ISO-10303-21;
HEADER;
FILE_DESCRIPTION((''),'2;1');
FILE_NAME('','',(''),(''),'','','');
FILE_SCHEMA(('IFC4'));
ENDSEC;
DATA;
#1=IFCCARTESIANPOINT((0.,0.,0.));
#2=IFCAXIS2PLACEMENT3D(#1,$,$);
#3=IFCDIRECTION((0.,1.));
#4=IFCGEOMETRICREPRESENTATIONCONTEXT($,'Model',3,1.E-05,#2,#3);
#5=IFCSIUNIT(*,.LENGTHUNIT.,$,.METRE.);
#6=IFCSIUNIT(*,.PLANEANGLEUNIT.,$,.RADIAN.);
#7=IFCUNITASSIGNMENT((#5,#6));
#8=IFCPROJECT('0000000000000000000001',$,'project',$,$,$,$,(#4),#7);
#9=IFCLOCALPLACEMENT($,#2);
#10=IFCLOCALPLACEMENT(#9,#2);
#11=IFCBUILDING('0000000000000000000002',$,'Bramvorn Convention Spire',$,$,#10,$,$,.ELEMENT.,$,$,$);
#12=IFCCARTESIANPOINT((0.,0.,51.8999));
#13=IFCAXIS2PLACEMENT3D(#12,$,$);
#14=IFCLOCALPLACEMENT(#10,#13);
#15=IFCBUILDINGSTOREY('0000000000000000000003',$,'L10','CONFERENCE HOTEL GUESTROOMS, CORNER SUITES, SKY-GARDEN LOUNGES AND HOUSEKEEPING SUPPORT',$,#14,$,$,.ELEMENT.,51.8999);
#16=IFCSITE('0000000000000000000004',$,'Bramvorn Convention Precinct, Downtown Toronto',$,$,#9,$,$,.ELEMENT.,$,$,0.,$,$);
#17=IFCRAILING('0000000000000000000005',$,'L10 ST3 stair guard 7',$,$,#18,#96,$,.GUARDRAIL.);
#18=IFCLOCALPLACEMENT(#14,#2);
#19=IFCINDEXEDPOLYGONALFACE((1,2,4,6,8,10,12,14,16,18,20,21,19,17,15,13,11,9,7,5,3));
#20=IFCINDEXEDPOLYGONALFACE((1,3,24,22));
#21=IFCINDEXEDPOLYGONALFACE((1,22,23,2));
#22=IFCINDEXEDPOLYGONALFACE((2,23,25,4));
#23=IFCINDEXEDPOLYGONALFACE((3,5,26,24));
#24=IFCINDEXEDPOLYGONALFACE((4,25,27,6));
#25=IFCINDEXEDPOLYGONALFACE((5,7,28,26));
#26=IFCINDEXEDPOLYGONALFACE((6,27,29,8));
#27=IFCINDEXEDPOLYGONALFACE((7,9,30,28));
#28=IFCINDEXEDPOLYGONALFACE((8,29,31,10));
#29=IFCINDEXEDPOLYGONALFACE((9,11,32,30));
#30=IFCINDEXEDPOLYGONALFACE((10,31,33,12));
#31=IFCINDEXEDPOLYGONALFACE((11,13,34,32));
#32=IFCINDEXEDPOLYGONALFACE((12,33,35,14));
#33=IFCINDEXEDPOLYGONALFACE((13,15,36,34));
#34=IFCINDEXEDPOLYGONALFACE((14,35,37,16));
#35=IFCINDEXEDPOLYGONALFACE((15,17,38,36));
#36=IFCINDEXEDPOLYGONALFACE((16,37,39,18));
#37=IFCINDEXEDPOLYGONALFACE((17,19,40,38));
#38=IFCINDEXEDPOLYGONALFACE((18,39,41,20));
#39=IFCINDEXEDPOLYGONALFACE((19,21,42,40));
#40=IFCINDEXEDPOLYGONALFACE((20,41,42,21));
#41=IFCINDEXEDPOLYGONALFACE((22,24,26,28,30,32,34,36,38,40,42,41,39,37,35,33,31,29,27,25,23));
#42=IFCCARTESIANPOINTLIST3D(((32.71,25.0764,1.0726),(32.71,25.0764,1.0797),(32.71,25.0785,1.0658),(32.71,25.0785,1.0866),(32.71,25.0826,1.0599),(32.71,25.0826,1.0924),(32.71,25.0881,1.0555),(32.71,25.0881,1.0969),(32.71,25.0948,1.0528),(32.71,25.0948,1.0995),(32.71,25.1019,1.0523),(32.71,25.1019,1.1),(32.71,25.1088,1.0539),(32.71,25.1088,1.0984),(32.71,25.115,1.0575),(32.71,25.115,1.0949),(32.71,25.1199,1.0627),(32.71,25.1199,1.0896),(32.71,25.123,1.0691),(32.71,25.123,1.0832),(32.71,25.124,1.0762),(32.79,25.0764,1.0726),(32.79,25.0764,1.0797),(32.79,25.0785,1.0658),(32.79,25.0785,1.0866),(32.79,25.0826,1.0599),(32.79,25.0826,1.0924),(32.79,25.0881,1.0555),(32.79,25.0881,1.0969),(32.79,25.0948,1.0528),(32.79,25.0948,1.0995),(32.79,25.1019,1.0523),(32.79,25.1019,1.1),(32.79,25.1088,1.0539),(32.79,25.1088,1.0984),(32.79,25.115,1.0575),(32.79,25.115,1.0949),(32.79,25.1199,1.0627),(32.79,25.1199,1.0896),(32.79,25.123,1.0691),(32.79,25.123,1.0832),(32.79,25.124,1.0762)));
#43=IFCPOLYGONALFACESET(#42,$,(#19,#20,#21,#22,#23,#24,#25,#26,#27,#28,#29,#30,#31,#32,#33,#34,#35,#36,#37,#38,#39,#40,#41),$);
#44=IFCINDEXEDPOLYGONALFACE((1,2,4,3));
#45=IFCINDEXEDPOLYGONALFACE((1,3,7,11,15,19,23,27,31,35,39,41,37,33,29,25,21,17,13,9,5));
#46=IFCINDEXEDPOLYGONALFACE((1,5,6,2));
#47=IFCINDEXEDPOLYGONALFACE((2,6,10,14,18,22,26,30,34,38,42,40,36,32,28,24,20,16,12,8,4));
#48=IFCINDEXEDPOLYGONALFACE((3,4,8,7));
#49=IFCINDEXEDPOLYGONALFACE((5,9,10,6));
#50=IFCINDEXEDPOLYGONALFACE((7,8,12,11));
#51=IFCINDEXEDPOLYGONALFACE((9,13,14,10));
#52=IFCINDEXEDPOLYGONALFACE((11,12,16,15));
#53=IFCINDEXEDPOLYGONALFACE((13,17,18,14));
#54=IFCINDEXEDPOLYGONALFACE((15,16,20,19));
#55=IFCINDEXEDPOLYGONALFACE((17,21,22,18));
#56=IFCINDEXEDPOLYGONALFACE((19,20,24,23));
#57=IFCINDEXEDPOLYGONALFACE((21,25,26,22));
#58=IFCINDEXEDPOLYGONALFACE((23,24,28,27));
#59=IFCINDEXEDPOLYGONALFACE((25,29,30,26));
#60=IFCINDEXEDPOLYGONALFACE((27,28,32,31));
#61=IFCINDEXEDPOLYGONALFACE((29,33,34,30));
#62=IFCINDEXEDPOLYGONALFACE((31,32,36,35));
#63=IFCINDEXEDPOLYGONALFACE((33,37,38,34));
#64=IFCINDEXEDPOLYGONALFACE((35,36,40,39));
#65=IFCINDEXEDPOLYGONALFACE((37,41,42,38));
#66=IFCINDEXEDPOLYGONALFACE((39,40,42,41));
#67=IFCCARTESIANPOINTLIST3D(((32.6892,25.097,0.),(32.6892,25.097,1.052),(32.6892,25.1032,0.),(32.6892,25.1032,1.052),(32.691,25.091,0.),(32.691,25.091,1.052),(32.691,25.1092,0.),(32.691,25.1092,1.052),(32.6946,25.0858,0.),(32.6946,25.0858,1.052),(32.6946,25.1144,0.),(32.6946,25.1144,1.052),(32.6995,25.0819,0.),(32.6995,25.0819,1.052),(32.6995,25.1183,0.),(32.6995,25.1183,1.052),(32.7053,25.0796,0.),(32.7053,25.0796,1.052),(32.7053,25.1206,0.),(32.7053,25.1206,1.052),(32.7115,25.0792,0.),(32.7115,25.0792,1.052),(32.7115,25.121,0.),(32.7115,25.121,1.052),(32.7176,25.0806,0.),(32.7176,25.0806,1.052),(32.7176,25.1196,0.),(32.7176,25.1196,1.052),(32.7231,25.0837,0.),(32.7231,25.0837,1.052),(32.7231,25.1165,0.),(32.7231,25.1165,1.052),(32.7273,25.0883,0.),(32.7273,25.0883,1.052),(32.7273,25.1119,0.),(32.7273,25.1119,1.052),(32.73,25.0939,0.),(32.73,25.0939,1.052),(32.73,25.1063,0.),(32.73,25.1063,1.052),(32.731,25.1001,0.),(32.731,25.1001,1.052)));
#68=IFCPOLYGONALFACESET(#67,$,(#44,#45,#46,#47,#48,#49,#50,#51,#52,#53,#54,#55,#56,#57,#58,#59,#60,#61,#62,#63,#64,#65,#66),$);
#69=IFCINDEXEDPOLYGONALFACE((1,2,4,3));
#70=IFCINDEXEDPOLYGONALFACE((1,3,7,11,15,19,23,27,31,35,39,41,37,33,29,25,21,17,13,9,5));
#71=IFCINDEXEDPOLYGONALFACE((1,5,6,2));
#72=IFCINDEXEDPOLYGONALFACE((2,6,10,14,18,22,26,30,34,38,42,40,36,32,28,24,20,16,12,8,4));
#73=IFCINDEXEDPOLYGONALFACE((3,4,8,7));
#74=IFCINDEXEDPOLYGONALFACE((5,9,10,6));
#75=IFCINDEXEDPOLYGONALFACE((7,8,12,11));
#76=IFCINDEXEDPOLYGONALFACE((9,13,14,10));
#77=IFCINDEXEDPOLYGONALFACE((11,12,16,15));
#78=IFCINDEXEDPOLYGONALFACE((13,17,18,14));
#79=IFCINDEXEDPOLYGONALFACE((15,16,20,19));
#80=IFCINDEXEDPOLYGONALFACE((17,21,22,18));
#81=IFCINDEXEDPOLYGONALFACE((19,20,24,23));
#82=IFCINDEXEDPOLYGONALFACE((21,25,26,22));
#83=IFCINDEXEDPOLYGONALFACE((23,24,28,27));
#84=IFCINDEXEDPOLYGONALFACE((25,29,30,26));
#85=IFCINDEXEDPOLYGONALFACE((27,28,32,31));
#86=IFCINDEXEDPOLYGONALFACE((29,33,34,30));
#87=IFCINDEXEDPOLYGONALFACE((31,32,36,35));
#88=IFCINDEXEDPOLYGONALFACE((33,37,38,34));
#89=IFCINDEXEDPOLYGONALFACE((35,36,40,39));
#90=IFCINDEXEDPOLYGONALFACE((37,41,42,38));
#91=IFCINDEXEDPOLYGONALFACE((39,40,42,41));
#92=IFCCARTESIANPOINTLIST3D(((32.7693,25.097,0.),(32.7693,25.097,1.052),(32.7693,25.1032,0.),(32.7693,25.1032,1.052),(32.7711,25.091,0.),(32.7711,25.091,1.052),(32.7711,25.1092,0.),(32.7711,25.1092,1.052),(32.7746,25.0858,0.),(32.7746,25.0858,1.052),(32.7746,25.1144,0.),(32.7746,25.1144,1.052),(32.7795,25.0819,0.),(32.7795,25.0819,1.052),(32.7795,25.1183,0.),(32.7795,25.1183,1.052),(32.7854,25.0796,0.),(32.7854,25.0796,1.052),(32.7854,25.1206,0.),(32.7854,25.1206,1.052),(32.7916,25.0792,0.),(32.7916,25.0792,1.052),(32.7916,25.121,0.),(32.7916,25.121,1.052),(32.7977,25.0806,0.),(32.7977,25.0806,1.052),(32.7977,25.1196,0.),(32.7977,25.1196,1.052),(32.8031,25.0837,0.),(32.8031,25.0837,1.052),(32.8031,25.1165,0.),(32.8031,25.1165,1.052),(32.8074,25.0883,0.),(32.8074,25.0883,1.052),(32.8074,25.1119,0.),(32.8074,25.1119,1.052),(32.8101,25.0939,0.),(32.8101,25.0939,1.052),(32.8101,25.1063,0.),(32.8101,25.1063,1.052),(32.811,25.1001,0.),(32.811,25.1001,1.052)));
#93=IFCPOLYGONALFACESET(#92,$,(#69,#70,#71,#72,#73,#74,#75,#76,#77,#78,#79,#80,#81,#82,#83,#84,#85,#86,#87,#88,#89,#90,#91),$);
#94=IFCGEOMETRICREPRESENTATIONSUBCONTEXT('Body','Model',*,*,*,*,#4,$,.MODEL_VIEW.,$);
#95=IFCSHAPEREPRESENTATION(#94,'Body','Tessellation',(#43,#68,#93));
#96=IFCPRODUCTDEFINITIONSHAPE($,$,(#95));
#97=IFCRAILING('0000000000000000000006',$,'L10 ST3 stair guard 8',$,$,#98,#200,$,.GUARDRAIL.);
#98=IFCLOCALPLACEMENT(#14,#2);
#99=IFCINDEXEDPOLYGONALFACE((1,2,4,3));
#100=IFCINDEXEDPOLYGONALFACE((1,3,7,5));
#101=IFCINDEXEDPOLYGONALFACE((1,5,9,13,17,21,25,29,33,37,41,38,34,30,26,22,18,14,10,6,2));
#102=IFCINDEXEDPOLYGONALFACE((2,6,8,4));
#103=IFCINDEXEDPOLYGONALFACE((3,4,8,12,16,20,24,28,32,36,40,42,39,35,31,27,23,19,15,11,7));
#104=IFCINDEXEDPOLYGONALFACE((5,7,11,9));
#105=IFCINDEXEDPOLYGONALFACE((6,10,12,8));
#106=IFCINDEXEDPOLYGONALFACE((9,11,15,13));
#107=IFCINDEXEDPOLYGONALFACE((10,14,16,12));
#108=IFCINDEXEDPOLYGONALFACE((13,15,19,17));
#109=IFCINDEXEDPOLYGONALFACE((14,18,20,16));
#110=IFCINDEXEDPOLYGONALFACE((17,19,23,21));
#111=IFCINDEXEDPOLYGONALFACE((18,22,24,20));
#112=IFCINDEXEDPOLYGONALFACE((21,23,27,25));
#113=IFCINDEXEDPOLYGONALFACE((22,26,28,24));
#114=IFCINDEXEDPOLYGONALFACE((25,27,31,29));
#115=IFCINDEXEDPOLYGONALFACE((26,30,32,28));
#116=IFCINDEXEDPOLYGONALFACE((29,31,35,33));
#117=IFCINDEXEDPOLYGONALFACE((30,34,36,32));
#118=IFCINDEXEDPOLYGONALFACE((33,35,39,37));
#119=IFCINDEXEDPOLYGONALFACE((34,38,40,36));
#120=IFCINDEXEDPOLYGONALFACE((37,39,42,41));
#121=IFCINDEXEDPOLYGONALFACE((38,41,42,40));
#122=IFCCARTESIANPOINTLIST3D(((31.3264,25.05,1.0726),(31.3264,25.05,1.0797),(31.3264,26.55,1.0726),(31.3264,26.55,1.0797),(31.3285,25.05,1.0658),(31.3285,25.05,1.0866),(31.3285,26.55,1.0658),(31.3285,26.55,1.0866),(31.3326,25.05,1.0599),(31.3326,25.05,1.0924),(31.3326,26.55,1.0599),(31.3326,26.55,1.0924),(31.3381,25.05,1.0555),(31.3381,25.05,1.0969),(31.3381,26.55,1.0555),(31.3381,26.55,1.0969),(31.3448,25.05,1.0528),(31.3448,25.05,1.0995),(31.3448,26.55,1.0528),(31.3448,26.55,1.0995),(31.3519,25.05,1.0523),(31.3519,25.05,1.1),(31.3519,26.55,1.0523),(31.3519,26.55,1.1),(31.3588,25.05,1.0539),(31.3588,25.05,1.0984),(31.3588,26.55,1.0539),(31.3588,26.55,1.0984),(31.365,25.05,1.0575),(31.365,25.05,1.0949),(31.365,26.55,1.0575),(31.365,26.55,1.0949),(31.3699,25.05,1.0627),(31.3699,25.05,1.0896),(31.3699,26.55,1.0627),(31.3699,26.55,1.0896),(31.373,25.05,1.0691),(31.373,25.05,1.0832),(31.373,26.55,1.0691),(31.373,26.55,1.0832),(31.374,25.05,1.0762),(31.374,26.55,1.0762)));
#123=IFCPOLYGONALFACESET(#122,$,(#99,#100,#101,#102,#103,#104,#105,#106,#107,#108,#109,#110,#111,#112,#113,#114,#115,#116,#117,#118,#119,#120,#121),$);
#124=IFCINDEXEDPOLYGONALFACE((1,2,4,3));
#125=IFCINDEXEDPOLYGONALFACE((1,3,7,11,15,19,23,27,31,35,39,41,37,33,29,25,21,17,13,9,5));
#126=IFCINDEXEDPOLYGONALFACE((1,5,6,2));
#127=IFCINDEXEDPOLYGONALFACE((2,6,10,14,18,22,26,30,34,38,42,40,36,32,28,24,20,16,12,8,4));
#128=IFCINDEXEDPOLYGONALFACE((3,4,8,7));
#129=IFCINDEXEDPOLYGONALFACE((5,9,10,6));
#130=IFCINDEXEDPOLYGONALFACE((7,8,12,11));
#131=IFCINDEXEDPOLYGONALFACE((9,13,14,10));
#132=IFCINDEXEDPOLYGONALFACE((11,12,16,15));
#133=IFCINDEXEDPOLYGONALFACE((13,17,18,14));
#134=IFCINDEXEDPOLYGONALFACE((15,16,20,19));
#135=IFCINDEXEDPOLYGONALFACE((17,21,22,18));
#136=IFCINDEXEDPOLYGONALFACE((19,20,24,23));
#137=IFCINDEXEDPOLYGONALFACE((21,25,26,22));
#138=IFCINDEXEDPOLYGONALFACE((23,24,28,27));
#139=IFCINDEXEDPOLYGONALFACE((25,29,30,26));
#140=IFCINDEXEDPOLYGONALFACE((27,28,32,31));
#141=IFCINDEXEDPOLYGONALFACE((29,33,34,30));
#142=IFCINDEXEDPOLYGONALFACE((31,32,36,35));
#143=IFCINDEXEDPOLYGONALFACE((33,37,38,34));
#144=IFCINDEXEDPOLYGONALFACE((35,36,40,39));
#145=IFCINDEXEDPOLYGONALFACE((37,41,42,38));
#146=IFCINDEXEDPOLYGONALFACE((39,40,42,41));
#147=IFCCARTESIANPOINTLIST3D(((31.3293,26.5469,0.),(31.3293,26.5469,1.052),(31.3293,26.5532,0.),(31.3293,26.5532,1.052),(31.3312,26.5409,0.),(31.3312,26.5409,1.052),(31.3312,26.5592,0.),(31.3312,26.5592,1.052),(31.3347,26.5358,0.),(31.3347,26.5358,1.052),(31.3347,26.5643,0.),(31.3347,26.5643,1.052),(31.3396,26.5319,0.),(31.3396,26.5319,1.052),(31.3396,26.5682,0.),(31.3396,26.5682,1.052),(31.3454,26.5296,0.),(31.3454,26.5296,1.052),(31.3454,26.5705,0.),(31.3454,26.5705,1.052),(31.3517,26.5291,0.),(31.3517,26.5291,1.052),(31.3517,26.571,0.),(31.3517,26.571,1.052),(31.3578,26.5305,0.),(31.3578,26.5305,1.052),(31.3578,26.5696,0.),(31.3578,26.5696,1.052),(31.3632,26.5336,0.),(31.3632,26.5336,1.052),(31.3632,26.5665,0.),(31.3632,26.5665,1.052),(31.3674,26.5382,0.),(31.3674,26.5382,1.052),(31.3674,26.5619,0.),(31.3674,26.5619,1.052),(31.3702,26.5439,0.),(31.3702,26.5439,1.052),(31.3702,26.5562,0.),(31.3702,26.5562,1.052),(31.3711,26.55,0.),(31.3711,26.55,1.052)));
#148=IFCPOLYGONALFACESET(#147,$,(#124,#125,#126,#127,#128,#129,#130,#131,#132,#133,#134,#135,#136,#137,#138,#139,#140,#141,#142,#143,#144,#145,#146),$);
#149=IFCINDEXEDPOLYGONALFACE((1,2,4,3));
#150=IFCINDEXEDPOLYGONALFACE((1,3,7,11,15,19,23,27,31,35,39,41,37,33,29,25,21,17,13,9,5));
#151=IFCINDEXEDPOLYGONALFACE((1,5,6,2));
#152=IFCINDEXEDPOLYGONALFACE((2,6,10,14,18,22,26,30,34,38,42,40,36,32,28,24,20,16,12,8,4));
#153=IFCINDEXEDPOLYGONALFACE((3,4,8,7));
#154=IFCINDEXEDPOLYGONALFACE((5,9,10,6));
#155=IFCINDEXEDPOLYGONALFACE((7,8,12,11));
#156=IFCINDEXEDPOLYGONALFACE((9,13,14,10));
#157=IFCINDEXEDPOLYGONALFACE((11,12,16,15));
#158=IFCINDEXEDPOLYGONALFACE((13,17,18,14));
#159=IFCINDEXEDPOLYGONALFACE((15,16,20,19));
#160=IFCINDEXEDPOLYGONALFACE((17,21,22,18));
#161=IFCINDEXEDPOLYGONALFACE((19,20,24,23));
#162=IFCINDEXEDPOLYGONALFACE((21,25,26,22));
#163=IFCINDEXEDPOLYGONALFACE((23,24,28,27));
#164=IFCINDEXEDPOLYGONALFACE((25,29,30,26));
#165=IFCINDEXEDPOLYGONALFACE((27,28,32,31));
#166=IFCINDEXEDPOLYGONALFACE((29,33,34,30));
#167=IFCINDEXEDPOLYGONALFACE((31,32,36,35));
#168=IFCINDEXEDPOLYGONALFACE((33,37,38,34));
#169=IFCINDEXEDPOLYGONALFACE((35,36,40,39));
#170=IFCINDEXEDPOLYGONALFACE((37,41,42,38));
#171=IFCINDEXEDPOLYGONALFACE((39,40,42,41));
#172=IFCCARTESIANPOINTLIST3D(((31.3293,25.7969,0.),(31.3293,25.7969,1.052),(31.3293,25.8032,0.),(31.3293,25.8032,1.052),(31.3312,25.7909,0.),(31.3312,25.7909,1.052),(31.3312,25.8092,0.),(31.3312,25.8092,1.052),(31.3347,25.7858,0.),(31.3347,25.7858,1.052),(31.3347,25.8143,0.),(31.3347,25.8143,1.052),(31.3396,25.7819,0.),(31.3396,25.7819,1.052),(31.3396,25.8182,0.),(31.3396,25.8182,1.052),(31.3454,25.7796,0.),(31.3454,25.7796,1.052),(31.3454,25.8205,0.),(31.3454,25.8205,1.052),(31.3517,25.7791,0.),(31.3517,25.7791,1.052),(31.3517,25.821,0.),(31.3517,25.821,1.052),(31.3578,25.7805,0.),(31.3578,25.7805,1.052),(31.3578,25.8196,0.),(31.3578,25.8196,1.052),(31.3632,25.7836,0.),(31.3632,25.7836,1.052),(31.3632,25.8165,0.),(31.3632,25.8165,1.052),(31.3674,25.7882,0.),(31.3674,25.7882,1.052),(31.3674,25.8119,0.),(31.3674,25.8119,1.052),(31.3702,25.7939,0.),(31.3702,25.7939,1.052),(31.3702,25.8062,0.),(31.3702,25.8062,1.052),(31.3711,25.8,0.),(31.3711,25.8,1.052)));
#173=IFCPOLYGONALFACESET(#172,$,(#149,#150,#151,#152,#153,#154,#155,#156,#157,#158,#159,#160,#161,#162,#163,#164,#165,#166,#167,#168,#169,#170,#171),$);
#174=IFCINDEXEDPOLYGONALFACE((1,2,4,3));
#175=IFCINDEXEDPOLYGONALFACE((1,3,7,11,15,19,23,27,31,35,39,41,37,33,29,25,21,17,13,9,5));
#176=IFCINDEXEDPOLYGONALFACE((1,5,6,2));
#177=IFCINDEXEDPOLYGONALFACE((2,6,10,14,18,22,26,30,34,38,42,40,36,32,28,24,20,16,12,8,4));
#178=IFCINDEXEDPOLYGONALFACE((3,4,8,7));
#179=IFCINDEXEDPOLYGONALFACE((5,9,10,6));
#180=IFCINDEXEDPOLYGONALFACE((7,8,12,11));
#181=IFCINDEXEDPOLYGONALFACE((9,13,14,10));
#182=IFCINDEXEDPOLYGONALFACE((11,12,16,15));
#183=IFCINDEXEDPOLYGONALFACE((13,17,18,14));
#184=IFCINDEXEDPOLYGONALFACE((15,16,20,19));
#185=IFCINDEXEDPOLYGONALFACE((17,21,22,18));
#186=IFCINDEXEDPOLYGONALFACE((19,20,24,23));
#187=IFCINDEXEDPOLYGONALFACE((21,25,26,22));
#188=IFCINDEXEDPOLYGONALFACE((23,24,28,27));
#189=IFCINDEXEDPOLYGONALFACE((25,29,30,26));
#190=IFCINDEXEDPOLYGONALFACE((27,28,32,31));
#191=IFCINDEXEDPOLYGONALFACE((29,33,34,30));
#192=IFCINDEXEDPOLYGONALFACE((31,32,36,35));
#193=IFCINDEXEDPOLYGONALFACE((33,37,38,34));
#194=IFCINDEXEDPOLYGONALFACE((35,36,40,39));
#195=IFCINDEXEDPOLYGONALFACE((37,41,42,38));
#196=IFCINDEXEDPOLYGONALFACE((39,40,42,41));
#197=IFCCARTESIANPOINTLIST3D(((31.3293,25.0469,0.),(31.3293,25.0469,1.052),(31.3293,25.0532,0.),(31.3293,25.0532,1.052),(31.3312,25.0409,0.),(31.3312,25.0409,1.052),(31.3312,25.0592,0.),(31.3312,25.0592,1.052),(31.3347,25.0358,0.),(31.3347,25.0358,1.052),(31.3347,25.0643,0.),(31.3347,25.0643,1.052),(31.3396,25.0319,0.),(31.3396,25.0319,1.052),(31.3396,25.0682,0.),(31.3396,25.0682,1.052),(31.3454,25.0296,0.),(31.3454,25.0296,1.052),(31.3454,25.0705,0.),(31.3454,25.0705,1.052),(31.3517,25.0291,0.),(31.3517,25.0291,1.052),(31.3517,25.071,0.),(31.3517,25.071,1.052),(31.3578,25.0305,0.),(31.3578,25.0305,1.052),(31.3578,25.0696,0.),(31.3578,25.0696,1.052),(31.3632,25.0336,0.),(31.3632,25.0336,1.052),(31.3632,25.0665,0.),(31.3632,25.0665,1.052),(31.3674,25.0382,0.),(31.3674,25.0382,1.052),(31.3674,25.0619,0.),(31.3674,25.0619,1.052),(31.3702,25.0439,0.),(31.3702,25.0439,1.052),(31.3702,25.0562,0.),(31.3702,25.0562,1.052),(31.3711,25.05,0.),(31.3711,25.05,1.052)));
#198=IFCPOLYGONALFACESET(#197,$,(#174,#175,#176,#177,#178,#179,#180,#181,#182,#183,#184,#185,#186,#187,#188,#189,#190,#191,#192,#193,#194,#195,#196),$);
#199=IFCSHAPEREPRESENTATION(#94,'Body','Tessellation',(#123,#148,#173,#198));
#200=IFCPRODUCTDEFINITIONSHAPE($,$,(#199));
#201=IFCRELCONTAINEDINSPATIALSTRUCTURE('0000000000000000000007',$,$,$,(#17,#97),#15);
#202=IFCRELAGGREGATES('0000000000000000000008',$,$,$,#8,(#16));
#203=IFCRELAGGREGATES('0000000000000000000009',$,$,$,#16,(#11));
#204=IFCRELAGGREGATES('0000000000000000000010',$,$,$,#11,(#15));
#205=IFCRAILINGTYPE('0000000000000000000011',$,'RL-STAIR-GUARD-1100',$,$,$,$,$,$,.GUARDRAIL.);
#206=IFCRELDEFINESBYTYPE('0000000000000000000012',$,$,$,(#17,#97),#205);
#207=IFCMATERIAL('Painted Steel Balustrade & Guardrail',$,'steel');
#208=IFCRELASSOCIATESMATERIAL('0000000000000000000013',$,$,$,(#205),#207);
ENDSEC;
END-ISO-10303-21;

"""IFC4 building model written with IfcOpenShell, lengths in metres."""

from ifc_helpers import new_model, si_unit, direction, frame, origin, origin_2d, place, context, subcontext, project, spatial, circle, extrude, material, type_object, element, save


model = new_model("IFC4")

# Units and contexts
model_context = context("Model", 3, precision=1e-05, world=origin(), true_north=direction((0.0, 1.0)))
body_context = subcontext(model_context, "Body", "Model", "MODEL_VIEW")
ifc_project = project(units=[si_unit("LENGTHUNIT", "METRE"), si_unit("PLANEANGLEUNIT", "RADIAN")], contexts=[model_context])

# Site, building, storey
site_placement = place(None, origin())
site = spatial("IfcSite", under=ifc_project, at=site_placement, Name="Bramvorn Convention Precinct, Downtown Toronto", CompositionType="ELEMENT", RefElevation=0.0)
building_placement = place(site_placement, origin())
building = spatial("IfcBuilding", under=site, at=building_placement, Name="Bramvorn Convention Spire", CompositionType="ELEMENT")
storey_placement = place(building_placement, frame((0.0, 0.0, 51.8999)))
storey = spatial("IfcBuildingStorey", under=building, at=storey_placement, Name="L10", Description="CONFERENCE HOTEL GUESTROOMS, CORNER SUITES, SKY-GARDEN LOUNGES AND HOUSEKEEPING SUPPORT", CompositionType="ELEMENT", Elevation=51.8999)

# Railings
ifc_material_1 = material(Name="Painted Steel Balustrade & Guardrail", Category="steel")
railing_type = type_object("IfcRailingType", Name="RL-STAIR-GUARD-1100", PredefinedType="GUARDRAIL", material=ifc_material_1)
railing_1_placement = place(storey_placement, frame((32.71, 25.1001, 0.0)))
element("IfcRailing", 1, at=railing_1_placement, inside=storey, type_object=railing_type, Name="L10 ST3 stair guard 7", PredefinedType="GUARDRAIL", context=body_context, shape_type="SweptSolid", body=[
    extrude(circle(Radius=0.0239, at=origin_2d()), frame((0.0, 0.0, 1.0762), z_axis=(1.0, 0.0, 0.0), x_axis=(0.0, 1.0, 0.0)), (0.0, 0.0, 1.0), 0.0801),
    extrude(circle(Radius=0.021, at=origin_2d()), origin(), (0.0, 0.0, 1.0), 1.052),
    extrude(circle(Radius=0.021, at=origin_2d()), frame((0.0801, 0.0, 0.0)), (0.0, 0.0, 1.0), 1.052),
])
for number, where, name in (
    (2, (31.3501, 26.55, 0.0), "L10 ST3 stair guard 8"),
):
    element("IfcRailing", number, at=place(storey_placement, frame(where)), inside=storey, type_object=railing_type, Name=name, PredefinedType="GUARDRAIL", context=body_context, shape_type="SweptSolid", body=[
        extrude(circle(Radius=0.0239, at=origin_2d()), frame((0.0, 0.0, 1.0762), z_axis=(0.0, -1.0, 0.0), x_axis=(1.0, 0.0, 0.0)), (0.0, 0.0, 1.0), 1.5),
        extrude(circle(Radius=0.021, at=origin_2d()), origin(), (0.0, 0.0, 1.0), 1.052),
        extrude(circle(Radius=0.021, at=origin_2d()), frame((0.0, -0.75, 0.0)), (0.0, 0.0, 1.0), 1.052),
        extrude(circle(Radius=0.021, at=origin_2d()), frame((0.0, -1.5, 0.0)), (0.0, 0.0, 1.0), 1.052),
    ])

save(model, "model.ifc")
